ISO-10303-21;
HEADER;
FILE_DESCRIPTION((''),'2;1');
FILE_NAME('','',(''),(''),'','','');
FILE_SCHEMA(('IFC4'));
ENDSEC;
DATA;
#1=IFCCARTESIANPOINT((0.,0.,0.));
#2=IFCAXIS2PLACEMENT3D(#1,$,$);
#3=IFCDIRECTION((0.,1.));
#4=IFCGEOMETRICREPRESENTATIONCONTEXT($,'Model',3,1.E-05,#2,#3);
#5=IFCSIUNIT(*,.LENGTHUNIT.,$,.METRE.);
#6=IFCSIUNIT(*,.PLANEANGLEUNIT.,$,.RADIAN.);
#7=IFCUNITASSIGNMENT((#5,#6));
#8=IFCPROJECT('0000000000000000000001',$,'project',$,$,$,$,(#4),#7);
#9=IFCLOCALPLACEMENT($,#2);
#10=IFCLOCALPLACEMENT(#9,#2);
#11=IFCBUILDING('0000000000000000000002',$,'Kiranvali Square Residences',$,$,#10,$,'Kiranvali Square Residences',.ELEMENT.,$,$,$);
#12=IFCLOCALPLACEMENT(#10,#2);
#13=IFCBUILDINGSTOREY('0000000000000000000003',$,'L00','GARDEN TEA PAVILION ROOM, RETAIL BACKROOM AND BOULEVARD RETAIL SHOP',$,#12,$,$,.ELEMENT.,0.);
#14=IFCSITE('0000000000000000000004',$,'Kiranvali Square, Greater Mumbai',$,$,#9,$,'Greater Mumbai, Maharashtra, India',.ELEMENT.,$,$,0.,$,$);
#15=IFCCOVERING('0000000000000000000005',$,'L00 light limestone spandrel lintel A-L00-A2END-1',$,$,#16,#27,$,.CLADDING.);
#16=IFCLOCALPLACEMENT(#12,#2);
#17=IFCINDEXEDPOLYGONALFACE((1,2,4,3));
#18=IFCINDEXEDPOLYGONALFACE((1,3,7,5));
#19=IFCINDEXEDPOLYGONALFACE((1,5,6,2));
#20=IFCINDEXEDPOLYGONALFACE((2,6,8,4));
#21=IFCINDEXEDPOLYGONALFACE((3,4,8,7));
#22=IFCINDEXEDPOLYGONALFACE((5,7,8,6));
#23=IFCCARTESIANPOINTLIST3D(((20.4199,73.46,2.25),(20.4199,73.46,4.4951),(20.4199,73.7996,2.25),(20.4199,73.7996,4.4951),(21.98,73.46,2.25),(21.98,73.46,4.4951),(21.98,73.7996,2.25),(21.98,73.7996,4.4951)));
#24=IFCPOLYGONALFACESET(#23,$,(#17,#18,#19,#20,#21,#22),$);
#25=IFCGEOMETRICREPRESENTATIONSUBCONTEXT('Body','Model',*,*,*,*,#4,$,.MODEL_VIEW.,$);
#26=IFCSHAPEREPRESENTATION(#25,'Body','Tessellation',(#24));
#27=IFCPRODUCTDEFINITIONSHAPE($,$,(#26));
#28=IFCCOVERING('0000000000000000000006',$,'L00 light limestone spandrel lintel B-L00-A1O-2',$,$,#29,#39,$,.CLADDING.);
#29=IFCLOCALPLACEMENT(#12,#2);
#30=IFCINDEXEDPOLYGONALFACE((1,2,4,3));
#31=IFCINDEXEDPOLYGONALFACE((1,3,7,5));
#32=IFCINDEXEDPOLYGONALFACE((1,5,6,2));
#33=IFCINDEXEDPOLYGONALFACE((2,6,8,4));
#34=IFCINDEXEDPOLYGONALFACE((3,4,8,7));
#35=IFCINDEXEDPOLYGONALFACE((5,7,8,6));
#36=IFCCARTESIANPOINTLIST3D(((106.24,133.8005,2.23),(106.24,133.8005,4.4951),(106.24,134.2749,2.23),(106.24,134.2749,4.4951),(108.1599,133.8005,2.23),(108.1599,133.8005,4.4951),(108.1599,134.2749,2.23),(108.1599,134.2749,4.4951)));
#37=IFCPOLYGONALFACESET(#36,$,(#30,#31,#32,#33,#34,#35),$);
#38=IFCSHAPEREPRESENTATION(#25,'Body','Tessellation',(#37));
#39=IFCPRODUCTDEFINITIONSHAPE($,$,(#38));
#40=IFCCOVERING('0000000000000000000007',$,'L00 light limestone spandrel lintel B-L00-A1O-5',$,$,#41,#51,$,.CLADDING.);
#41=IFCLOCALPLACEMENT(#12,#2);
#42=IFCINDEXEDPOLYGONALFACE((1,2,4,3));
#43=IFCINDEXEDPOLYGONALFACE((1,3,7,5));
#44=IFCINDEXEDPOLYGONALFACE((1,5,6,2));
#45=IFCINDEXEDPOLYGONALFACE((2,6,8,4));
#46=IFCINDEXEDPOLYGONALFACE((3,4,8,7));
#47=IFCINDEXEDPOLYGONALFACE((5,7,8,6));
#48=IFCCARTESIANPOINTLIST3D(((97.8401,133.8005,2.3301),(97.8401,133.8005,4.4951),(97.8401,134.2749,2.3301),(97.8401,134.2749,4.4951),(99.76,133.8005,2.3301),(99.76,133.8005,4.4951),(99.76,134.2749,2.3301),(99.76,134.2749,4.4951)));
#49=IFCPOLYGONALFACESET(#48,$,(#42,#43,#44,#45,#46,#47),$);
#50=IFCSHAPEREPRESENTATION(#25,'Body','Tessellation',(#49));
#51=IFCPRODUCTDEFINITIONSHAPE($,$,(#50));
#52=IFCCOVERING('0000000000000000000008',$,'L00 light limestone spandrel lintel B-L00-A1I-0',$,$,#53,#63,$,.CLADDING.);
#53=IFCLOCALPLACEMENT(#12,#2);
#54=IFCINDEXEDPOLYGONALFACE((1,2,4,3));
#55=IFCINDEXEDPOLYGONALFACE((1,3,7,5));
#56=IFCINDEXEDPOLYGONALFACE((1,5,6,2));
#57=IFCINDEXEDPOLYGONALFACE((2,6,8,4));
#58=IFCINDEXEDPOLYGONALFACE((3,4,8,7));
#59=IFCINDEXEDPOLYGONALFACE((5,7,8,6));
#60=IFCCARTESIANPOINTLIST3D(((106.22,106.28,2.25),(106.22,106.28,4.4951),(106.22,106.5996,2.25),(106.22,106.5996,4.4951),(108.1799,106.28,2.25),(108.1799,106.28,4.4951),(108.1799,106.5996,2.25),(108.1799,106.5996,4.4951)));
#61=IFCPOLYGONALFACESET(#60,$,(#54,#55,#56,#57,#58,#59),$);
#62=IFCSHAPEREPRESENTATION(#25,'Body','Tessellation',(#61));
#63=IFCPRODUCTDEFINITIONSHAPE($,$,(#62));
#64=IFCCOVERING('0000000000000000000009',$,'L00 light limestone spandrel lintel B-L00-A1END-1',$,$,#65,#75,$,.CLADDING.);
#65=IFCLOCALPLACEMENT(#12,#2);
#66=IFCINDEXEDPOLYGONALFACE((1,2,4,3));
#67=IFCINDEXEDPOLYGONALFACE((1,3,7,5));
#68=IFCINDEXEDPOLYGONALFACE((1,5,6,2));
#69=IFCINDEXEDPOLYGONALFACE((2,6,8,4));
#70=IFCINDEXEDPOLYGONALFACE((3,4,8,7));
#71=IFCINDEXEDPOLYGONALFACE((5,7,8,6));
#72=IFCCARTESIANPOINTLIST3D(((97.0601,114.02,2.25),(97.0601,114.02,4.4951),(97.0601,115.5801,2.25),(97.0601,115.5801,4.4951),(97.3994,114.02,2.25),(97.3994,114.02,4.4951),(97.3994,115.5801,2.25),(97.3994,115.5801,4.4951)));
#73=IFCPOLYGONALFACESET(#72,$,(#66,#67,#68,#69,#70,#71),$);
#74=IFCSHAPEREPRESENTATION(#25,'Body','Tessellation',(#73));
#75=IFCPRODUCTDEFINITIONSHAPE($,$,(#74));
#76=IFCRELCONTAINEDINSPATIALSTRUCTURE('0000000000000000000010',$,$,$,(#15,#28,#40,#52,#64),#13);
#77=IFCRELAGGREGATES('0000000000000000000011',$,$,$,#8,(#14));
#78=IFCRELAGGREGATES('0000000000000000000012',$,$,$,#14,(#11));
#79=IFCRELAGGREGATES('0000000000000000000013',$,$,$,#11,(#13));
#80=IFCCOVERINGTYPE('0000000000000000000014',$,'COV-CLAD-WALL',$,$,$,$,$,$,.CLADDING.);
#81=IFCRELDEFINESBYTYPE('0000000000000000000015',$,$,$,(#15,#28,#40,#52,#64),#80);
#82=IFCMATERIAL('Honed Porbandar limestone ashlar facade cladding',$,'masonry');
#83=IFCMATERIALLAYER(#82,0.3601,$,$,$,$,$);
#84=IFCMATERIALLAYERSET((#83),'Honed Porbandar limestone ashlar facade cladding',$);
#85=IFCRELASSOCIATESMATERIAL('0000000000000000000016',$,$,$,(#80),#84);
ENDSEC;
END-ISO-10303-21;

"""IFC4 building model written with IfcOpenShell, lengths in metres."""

from ifc_helpers import new_model, si_unit, direction, frame, origin, place, context, subcontext, project, spatial, polyline, outline, extrude, material, layer, layer_set, type_object, element, save


model = new_model("IFC4")

# Units and contexts
model_context = context("Model", 3, precision=1e-05, world=origin(), true_north=direction((0.0, 1.0)))
body_context = subcontext(model_context, "Body", "Model", "MODEL_VIEW")
ifc_project = project(units=[si_unit("LENGTHUNIT", "METRE"), si_unit("PLANEANGLEUNIT", "RADIAN")], contexts=[model_context])

# Site, building, storey
site_placement = place(None, origin())
site = spatial("IfcSite", under=ifc_project, at=site_placement, Name="Kiranvali Square, Greater Mumbai", LongName="Greater Mumbai, Maharashtra, India", CompositionType="ELEMENT", RefElevation=0.0)
building_placement = place(site_placement, origin())
building = spatial("IfcBuilding", under=site, at=building_placement, Name="Kiranvali Square Residences", LongName="Kiranvali Square Residences", CompositionType="ELEMENT")
storey_placement = place(building_placement, origin())
storey = spatial("IfcBuildingStorey", under=building, at=storey_placement, Name="L00", Description="GARDEN TEA PAVILION ROOM, RETAIL BACKROOM AND BOULEVARD RETAIL SHOP", CompositionType="ELEMENT", Elevation=0.0)

# Coverings
ifc_material = material(Name="Honed Porbandar limestone ashlar facade cladding", Category="masonry")
ifc_layer_1 = layer(ifc_material, 0.3601)
ifc_layer_set_1 = layer_set([ifc_layer_1], Name="Honed Porbandar limestone ashlar facade cladding")
covering_type_1 = type_object("IfcCoveringType", Name="COV-CLAD-WALL", PredefinedType="CLADDING", material=ifc_layer_set_1)
covering_1_placement = place(storey_placement, frame((0.0, 0.0, 2.25)))
element("IfcCovering", 1, at=covering_1_placement, inside=storey, type_object=covering_type_1, Name="L00 light limestone spandrel lintel A-L00-A2END-1", PredefinedType="CLADDING", context=body_context, shape_type="SweptSolid", body=[
    extrude(outline(polyline([(21.98, 73.7996), (20.4199, 73.7996), (20.4199, 73.46), (21.98, 73.46), (21.98, 73.7996)])), origin(), (0.0, 0.0, 1.0), 2.2451),
])
covering_2_placement = place(storey_placement, frame((0.0, 0.0, 2.23)))
element("IfcCovering", 2, at=covering_2_placement, inside=storey, type_object=covering_type_1, Name="L00 light limestone spandrel lintel B-L00-A1O-2", PredefinedType="CLADDING", context=body_context, shape_type="SweptSolid", body=[
    extrude(outline(polyline([(108.1599, 134.2749), (106.24, 134.2749), (106.24, 133.8005), (108.1599, 133.8005), (108.1599, 134.2749)])), origin(), (0.0, 0.0, 1.0), 2.2651),
])
covering_3_placement = place(storey_placement, frame((0.0, 0.0, 2.3301)))
element("IfcCovering", 3, at=covering_3_placement, inside=storey, type_object=covering_type_1, Name="L00 light limestone spandrel lintel B-L00-A1O-5", PredefinedType="CLADDING", context=body_context, shape_type="SweptSolid", body=[
    extrude(outline(polyline([(99.76, 134.2749), (97.8401, 134.2749), (97.8401, 133.8005), (99.76, 133.8005), (99.76, 134.2749)])), origin(), (0.0, 0.0, 1.0), 2.165),
])
covering_4_placement = place(storey_placement, frame((0.0, 0.0, 2.25)))
element("IfcCovering", 4, at=covering_4_placement, inside=storey, type_object=covering_type_1, Name="L00 light limestone spandrel lintel B-L00-A1I-0", PredefinedType="CLADDING", context=body_context, shape_type="SweptSolid", body=[
    extrude(outline(polyline([(108.1799, 106.5996), (106.22, 106.5996), (106.22, 106.28), (108.1799, 106.28), (108.1799, 106.5996)])), origin(), (0.0, 0.0, 1.0), 2.2451),
])
covering_5_placement = place(storey_placement, frame((0.0, 0.0, 2.25)))
element("IfcCovering", 5, at=covering_5_placement, inside=storey, type_object=covering_type_1, Name="L00 light limestone spandrel lintel B-L00-A1END-1", PredefinedType="CLADDING", context=body_context, shape_type="SweptSolid", body=[
    extrude(outline(polyline([(97.3994, 114.02), (97.3994, 115.5801), (97.0601, 115.5801), (97.0601, 114.02), (97.3994, 114.02)])), origin(), (0.0, 0.0, 1.0), 2.2451),
])

save(model, "model.ifc")
